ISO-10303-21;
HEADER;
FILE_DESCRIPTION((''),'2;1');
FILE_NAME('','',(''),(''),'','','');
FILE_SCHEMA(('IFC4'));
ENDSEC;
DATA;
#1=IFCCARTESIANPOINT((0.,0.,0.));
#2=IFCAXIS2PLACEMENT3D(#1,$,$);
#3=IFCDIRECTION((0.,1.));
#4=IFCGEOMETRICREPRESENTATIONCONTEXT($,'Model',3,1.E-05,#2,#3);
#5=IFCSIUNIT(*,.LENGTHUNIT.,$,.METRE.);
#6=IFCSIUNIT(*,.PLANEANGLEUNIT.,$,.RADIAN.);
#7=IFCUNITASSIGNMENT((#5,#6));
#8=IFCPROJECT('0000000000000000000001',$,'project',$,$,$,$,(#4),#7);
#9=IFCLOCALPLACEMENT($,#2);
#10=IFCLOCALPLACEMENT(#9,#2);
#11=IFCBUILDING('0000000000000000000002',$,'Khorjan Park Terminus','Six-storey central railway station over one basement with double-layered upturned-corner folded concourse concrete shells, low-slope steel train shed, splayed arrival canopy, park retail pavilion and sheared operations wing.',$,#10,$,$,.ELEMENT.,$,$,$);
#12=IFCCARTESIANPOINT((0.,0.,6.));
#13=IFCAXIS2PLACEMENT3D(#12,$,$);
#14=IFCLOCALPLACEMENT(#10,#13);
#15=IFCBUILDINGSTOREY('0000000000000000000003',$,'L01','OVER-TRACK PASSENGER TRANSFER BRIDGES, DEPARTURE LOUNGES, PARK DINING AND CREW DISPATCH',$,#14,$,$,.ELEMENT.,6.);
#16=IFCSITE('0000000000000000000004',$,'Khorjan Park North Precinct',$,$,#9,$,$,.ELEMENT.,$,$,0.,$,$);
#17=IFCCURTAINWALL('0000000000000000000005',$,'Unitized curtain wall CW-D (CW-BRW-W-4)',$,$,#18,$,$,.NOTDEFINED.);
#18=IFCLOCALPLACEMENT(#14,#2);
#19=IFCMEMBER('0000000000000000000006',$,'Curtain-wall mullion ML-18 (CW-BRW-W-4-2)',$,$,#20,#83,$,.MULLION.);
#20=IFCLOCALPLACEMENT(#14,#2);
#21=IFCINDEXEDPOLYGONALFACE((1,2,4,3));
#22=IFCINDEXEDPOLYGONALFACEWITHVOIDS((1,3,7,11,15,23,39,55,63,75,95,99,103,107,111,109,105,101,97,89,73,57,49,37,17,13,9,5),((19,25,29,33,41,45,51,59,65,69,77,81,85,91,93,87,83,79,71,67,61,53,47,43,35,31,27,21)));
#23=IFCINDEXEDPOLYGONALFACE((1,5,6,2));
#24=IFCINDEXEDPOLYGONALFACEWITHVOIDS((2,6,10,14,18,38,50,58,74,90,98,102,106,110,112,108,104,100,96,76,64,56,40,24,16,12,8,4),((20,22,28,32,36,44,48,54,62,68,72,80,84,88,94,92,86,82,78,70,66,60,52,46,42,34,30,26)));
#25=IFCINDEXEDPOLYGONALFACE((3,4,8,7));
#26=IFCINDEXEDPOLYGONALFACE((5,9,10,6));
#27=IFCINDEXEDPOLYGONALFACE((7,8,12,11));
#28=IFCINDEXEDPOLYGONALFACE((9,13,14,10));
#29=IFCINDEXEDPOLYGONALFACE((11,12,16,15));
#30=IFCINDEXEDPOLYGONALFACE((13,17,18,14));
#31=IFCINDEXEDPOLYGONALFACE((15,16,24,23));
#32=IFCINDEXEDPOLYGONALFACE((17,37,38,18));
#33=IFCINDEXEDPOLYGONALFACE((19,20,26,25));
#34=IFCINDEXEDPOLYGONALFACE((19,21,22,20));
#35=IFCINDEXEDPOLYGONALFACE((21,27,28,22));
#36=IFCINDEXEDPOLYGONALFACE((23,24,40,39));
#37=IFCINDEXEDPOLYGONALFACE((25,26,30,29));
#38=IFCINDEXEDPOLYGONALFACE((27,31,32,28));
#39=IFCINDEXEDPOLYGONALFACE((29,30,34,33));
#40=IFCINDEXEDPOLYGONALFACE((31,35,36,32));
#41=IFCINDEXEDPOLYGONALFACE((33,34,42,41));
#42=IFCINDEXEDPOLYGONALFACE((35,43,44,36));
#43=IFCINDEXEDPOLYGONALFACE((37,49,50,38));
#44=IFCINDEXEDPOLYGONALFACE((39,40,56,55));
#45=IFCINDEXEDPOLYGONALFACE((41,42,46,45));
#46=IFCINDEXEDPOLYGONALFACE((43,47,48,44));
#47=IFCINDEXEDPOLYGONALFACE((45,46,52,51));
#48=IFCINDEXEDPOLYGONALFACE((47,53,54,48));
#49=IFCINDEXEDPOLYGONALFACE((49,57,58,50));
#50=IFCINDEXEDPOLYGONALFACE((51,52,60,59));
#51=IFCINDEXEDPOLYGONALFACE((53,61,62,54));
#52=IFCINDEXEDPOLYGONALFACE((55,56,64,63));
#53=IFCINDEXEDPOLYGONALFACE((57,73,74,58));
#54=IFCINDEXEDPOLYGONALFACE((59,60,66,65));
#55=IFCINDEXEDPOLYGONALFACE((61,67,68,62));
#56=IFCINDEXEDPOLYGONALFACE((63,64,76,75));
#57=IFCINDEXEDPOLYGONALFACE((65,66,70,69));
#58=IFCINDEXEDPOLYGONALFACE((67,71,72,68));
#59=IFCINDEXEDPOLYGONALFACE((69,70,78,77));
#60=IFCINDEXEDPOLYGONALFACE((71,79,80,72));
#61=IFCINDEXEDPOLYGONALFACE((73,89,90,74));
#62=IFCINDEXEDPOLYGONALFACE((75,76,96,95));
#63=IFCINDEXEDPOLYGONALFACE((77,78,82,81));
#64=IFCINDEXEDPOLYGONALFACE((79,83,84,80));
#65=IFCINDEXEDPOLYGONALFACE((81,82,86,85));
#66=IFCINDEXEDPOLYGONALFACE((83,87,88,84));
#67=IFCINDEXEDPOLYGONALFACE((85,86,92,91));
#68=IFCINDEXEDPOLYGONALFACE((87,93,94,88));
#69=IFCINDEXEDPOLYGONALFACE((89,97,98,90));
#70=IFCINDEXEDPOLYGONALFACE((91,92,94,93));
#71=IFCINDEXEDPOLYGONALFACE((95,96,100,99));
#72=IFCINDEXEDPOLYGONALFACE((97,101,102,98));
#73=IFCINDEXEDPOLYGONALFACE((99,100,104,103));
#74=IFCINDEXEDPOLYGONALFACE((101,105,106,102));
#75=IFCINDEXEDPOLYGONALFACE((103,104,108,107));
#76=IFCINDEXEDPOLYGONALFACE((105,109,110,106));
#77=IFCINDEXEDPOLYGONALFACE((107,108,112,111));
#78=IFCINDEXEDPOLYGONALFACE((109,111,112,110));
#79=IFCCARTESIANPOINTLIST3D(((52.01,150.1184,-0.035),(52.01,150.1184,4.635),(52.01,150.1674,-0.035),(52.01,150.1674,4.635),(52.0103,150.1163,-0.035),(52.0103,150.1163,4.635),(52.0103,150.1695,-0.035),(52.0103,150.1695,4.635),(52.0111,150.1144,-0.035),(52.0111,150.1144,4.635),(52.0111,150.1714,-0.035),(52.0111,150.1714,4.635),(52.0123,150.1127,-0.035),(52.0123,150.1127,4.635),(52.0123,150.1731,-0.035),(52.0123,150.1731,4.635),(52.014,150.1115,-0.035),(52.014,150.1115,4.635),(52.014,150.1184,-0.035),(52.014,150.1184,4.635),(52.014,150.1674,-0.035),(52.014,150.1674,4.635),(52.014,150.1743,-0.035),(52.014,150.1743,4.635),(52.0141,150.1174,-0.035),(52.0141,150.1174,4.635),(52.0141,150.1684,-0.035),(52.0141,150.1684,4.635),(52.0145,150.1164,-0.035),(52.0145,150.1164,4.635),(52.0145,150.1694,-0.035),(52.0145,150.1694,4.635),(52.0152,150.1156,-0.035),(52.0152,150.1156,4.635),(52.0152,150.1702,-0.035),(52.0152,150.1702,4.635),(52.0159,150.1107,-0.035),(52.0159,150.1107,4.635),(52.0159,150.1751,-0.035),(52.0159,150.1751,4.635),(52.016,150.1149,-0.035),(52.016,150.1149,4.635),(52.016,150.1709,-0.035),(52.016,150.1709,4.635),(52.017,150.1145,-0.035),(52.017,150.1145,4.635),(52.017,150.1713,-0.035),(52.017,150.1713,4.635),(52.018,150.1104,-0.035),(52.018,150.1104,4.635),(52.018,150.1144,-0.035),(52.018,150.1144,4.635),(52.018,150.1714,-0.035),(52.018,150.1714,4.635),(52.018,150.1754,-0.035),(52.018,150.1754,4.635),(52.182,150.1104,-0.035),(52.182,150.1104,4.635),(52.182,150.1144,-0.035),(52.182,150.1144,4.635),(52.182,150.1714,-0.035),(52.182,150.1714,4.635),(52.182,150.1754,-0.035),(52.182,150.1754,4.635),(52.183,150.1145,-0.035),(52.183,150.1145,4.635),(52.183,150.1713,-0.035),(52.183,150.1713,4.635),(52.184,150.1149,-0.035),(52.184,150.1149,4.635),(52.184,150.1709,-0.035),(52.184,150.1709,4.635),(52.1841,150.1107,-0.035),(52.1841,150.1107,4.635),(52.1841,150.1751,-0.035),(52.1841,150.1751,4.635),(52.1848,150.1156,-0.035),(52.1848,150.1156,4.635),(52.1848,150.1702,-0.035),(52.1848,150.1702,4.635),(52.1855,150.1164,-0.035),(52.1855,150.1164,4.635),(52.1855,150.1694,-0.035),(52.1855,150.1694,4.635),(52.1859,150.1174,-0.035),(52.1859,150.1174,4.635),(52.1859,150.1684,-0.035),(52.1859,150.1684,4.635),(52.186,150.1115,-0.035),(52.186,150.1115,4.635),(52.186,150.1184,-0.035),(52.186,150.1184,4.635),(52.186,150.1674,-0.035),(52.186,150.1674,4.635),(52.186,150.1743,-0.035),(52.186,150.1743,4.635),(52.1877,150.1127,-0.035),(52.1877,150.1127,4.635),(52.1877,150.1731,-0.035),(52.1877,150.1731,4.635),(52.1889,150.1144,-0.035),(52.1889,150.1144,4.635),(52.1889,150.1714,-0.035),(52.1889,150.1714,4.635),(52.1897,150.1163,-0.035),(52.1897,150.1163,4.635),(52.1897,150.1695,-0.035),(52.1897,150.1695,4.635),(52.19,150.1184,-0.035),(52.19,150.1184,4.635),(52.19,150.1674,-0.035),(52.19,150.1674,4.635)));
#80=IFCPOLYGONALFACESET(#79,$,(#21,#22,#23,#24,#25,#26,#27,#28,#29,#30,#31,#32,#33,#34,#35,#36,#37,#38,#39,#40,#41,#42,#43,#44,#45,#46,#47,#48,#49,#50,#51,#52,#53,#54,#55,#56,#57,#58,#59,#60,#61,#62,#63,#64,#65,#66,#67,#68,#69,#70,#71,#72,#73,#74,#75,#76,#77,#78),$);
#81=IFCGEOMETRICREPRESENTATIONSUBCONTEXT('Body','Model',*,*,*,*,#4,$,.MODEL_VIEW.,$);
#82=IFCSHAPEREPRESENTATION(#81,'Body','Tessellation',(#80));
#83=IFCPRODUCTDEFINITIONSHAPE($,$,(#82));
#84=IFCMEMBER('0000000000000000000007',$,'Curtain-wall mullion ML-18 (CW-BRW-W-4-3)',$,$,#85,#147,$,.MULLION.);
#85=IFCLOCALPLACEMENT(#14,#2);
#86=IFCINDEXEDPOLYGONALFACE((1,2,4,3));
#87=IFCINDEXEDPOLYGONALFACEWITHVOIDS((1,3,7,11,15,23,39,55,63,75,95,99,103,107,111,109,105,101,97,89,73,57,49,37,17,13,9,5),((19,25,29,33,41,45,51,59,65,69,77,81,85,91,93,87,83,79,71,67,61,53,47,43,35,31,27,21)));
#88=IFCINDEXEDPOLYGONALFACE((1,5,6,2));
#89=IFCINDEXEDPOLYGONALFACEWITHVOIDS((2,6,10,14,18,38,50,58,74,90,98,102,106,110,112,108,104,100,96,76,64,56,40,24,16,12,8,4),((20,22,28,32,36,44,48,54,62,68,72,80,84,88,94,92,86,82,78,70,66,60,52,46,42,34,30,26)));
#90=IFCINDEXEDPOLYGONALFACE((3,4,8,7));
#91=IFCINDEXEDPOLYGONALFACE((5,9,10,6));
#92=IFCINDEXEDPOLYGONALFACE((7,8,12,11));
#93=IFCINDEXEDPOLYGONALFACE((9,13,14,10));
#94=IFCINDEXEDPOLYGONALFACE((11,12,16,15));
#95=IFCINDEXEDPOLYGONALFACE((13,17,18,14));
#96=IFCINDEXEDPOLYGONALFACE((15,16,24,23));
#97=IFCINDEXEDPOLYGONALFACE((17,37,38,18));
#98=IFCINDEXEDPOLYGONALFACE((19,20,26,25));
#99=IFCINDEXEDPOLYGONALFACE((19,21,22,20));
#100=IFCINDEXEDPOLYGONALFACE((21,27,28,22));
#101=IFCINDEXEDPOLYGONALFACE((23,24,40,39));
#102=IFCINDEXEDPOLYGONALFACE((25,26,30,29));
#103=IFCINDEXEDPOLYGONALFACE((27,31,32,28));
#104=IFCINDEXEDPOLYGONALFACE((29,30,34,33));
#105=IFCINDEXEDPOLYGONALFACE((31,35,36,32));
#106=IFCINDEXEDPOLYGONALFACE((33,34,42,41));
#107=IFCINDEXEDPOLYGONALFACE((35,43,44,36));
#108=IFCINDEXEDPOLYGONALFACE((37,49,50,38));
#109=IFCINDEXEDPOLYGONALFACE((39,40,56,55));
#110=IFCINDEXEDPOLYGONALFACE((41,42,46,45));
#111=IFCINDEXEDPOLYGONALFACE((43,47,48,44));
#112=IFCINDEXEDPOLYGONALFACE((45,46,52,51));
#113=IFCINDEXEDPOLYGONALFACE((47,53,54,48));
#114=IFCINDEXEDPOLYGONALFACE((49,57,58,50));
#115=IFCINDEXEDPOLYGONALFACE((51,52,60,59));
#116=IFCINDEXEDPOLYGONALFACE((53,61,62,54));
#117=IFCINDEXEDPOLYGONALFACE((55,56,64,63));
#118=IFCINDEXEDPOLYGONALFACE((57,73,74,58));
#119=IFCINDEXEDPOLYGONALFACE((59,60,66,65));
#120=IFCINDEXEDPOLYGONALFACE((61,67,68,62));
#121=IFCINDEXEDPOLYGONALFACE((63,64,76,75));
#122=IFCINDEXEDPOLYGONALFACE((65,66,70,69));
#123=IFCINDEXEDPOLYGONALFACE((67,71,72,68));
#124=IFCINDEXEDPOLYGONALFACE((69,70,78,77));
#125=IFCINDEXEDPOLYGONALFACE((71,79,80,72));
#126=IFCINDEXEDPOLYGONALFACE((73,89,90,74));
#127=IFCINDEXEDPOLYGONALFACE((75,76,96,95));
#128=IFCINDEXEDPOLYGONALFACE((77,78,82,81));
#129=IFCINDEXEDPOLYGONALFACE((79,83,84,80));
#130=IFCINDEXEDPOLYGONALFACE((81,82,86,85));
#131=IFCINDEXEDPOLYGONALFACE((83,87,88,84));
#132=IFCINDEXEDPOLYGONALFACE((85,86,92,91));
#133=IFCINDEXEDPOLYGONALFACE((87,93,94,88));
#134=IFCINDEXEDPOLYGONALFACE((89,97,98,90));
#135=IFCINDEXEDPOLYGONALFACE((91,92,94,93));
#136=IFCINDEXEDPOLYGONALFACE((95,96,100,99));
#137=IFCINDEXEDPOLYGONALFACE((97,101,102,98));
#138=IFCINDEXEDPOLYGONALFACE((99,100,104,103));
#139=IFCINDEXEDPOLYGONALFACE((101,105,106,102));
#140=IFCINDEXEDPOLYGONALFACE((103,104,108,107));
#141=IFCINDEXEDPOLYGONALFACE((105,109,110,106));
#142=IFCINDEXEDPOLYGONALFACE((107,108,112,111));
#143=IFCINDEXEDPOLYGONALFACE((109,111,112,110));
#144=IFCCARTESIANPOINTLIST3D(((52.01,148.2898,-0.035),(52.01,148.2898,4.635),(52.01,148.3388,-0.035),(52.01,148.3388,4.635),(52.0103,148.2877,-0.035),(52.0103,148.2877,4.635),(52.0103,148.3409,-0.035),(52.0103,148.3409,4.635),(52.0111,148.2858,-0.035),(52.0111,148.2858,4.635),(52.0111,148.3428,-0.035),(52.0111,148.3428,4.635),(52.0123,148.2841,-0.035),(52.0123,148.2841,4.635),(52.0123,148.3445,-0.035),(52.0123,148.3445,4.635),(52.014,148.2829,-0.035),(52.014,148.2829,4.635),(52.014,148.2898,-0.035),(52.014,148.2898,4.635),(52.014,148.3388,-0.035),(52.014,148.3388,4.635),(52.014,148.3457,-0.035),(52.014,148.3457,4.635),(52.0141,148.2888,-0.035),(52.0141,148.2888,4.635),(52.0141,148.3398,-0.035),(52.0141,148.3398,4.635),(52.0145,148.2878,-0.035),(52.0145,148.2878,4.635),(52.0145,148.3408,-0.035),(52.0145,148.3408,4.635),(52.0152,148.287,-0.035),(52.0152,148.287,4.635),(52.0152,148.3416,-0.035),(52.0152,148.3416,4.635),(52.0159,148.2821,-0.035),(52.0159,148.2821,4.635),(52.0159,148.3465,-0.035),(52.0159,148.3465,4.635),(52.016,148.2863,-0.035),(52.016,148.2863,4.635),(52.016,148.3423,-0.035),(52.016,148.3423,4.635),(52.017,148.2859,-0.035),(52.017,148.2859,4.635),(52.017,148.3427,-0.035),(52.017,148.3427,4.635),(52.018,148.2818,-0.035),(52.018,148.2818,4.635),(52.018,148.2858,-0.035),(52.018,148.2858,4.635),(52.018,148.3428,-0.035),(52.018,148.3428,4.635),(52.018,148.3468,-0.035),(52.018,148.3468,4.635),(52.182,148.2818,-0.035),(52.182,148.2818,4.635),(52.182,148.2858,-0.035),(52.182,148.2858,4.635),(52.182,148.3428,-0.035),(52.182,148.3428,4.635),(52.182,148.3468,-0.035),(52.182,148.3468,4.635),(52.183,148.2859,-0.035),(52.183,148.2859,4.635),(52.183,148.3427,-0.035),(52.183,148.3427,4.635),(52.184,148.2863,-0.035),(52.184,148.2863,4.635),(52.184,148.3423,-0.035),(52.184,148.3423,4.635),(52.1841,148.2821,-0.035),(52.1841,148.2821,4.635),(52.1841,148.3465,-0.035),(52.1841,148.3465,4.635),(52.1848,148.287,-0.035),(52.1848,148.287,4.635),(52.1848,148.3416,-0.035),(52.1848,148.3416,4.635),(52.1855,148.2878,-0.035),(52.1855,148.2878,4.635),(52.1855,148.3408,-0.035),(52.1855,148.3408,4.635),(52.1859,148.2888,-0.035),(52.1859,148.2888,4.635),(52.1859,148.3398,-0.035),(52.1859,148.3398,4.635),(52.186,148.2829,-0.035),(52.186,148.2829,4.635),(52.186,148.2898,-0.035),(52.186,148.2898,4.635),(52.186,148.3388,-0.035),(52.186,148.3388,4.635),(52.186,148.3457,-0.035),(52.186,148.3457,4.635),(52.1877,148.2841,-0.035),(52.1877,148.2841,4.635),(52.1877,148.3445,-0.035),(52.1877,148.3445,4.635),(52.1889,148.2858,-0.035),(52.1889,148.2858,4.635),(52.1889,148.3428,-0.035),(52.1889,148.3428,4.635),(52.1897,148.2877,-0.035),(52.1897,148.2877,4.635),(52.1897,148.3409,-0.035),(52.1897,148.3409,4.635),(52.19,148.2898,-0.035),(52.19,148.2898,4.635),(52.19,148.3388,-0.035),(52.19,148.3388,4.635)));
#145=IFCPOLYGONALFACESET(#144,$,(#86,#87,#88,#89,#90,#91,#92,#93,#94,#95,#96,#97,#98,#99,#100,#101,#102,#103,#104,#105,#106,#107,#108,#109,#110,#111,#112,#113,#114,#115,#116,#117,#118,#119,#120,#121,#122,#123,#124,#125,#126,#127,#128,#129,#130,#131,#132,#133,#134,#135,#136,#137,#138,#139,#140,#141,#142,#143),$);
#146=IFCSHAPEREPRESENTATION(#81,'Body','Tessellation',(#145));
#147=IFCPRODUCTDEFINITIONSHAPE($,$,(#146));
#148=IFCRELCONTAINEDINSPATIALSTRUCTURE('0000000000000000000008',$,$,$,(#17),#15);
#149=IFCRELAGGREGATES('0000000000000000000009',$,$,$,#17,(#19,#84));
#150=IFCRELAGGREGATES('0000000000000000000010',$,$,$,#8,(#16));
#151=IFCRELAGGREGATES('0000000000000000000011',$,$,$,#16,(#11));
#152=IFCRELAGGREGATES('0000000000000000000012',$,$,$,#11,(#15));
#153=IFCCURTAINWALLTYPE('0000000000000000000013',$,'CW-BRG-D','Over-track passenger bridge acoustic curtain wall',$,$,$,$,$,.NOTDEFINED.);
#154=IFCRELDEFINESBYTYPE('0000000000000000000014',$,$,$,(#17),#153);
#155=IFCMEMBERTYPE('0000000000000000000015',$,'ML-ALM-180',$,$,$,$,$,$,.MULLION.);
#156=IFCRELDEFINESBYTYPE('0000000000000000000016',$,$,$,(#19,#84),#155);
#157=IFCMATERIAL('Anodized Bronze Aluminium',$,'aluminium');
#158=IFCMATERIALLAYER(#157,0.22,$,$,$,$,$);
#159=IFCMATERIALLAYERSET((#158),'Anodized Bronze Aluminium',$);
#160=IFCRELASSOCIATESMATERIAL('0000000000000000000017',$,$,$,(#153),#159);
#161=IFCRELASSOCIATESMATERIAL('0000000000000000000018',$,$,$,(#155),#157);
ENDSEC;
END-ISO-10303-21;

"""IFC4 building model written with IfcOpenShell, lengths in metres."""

from ifc_helpers import new_model, si_unit, direction, frame, origin, origin_2d, place, context, subcontext, project, spatial, hollow_rectangle, extrude, material, layer, layer_set, material_profile, profile_set, type_object, element, aggregate, save


model = new_model("IFC4")

# Units and contexts
model_context = context("Model", 3, precision=1e-05, world=origin(), true_north=direction((0.0, 1.0)))
body_context = subcontext(model_context, "Body", "Model", "MODEL_VIEW")
ifc_project = project(units=[si_unit("LENGTHUNIT", "METRE"), si_unit("PLANEANGLEUNIT", "RADIAN")], contexts=[model_context])

# Site, building, storey
site_placement = place(None, origin())
site = spatial("IfcSite", under=ifc_project, at=site_placement, Name="Khorjan Park North Precinct", CompositionType="ELEMENT", RefElevation=0.0)
building_placement = place(site_placement, origin())
building = spatial("IfcBuilding", under=site, at=building_placement, Name="Khorjan Park Terminus", Description="Six-storey central railway station over one basement with double-layered upturned-corner folded concourse concrete shells, low-slope steel train shed, splayed arrival canopy, park retail pavilion and sheared operations wing.", CompositionType="ELEMENT")
storey_placement = place(building_placement, frame((0.0, 0.0, 6.0)))
storey = spatial("IfcBuildingStorey", under=building, at=storey_placement, Name="L01", Description="OVER-TRACK PASSENGER TRANSFER BRIDGES, DEPARTURE LOUNGES, PARK DINING AND CREW DISPATCH", CompositionType="ELEMENT", Elevation=6.0)

# Curtain wall, members
ifc_material_1 = material(Name="Anodized Bronze Aluminium", Category="aluminium")
ifc_layer_1 = layer(ifc_material_1, 0.22)
ifc_layer_set_1 = layer_set([ifc_layer_1], Name="Anodized Bronze Aluminium")
curtain_wall_type = type_object("IfcCurtainWallType", Name="CW-BRG-D", Description="Over-track passenger bridge acoustic curtain wall", PredefinedType="NOTDEFINED", material=ifc_layer_set_1)
curtain_wall_placement = place(storey_placement, origin())
curtain_wall = element("IfcCurtainWall", 1, at=curtain_wall_placement, inside=storey, type_object=curtain_wall_type, Name="Unitized curtain wall CW-D (CW-BRW-W-4)", PredefinedType="NOTDEFINED")
ifc_material_profile_1 = material_profile(ifc_material_1, hollow_rectangle(XDim=0.065, YDim=0.18, WallThickness=0.004, InnerFilletRadius=0.004, OuterFilletRadius=0.008, at=origin_2d()), Name="ALM 65x180x4")
ifc_profile_set_1 = profile_set([ifc_material_profile_1], Name="Anodized Bronze Aluminium")
member_type_1 = type_object("IfcMemberType", Name="ML-ALM-180", PredefinedType="MULLION", material=ifc_profile_set_1)
member_1_placement = place(storey_placement, frame((52.1, 150.1429, -0.035), z_axis=(0.0, 0.0, 1.0), x_axis=(0.0, -1.0, 0.0)))
member_1 = element("IfcMember", 2, at=member_1_placement, type_object=member_type_1, Name="Curtain-wall mullion ML-18 (CW-BRW-W-4-2)", PredefinedType="MULLION", context=body_context, shape_type="SweptSolid", body=[
    extrude(hollow_rectangle(XDim=0.065, YDim=0.18, WallThickness=0.004, InnerFilletRadius=0.004, OuterFilletRadius=0.008, at=origin_2d()), origin(), (0.0, 0.0, 1.0), 4.67),
])
member_2_placement = place(storey_placement, frame((52.1, 148.3143, -0.035), z_axis=(0.0, 0.0, 1.0), x_axis=(0.0, -1.0, 0.0)))
member_2 = element("IfcMember", 3, at=member_2_placement, type_object=member_type_1, Name="Curtain-wall mullion ML-18 (CW-BRW-W-4-3)", PredefinedType="MULLION", context=body_context, shape_type="SweptSolid", body=[
    extrude(hollow_rectangle(XDim=0.065, YDim=0.18, WallThickness=0.004, InnerFilletRadius=0.004, OuterFilletRadius=0.008, at=origin_2d()), origin(), (0.0, 0.0, 1.0), 4.67),
])
aggregate(curtain_wall, [member_1, member_2])

save(model, "model.ifc")
